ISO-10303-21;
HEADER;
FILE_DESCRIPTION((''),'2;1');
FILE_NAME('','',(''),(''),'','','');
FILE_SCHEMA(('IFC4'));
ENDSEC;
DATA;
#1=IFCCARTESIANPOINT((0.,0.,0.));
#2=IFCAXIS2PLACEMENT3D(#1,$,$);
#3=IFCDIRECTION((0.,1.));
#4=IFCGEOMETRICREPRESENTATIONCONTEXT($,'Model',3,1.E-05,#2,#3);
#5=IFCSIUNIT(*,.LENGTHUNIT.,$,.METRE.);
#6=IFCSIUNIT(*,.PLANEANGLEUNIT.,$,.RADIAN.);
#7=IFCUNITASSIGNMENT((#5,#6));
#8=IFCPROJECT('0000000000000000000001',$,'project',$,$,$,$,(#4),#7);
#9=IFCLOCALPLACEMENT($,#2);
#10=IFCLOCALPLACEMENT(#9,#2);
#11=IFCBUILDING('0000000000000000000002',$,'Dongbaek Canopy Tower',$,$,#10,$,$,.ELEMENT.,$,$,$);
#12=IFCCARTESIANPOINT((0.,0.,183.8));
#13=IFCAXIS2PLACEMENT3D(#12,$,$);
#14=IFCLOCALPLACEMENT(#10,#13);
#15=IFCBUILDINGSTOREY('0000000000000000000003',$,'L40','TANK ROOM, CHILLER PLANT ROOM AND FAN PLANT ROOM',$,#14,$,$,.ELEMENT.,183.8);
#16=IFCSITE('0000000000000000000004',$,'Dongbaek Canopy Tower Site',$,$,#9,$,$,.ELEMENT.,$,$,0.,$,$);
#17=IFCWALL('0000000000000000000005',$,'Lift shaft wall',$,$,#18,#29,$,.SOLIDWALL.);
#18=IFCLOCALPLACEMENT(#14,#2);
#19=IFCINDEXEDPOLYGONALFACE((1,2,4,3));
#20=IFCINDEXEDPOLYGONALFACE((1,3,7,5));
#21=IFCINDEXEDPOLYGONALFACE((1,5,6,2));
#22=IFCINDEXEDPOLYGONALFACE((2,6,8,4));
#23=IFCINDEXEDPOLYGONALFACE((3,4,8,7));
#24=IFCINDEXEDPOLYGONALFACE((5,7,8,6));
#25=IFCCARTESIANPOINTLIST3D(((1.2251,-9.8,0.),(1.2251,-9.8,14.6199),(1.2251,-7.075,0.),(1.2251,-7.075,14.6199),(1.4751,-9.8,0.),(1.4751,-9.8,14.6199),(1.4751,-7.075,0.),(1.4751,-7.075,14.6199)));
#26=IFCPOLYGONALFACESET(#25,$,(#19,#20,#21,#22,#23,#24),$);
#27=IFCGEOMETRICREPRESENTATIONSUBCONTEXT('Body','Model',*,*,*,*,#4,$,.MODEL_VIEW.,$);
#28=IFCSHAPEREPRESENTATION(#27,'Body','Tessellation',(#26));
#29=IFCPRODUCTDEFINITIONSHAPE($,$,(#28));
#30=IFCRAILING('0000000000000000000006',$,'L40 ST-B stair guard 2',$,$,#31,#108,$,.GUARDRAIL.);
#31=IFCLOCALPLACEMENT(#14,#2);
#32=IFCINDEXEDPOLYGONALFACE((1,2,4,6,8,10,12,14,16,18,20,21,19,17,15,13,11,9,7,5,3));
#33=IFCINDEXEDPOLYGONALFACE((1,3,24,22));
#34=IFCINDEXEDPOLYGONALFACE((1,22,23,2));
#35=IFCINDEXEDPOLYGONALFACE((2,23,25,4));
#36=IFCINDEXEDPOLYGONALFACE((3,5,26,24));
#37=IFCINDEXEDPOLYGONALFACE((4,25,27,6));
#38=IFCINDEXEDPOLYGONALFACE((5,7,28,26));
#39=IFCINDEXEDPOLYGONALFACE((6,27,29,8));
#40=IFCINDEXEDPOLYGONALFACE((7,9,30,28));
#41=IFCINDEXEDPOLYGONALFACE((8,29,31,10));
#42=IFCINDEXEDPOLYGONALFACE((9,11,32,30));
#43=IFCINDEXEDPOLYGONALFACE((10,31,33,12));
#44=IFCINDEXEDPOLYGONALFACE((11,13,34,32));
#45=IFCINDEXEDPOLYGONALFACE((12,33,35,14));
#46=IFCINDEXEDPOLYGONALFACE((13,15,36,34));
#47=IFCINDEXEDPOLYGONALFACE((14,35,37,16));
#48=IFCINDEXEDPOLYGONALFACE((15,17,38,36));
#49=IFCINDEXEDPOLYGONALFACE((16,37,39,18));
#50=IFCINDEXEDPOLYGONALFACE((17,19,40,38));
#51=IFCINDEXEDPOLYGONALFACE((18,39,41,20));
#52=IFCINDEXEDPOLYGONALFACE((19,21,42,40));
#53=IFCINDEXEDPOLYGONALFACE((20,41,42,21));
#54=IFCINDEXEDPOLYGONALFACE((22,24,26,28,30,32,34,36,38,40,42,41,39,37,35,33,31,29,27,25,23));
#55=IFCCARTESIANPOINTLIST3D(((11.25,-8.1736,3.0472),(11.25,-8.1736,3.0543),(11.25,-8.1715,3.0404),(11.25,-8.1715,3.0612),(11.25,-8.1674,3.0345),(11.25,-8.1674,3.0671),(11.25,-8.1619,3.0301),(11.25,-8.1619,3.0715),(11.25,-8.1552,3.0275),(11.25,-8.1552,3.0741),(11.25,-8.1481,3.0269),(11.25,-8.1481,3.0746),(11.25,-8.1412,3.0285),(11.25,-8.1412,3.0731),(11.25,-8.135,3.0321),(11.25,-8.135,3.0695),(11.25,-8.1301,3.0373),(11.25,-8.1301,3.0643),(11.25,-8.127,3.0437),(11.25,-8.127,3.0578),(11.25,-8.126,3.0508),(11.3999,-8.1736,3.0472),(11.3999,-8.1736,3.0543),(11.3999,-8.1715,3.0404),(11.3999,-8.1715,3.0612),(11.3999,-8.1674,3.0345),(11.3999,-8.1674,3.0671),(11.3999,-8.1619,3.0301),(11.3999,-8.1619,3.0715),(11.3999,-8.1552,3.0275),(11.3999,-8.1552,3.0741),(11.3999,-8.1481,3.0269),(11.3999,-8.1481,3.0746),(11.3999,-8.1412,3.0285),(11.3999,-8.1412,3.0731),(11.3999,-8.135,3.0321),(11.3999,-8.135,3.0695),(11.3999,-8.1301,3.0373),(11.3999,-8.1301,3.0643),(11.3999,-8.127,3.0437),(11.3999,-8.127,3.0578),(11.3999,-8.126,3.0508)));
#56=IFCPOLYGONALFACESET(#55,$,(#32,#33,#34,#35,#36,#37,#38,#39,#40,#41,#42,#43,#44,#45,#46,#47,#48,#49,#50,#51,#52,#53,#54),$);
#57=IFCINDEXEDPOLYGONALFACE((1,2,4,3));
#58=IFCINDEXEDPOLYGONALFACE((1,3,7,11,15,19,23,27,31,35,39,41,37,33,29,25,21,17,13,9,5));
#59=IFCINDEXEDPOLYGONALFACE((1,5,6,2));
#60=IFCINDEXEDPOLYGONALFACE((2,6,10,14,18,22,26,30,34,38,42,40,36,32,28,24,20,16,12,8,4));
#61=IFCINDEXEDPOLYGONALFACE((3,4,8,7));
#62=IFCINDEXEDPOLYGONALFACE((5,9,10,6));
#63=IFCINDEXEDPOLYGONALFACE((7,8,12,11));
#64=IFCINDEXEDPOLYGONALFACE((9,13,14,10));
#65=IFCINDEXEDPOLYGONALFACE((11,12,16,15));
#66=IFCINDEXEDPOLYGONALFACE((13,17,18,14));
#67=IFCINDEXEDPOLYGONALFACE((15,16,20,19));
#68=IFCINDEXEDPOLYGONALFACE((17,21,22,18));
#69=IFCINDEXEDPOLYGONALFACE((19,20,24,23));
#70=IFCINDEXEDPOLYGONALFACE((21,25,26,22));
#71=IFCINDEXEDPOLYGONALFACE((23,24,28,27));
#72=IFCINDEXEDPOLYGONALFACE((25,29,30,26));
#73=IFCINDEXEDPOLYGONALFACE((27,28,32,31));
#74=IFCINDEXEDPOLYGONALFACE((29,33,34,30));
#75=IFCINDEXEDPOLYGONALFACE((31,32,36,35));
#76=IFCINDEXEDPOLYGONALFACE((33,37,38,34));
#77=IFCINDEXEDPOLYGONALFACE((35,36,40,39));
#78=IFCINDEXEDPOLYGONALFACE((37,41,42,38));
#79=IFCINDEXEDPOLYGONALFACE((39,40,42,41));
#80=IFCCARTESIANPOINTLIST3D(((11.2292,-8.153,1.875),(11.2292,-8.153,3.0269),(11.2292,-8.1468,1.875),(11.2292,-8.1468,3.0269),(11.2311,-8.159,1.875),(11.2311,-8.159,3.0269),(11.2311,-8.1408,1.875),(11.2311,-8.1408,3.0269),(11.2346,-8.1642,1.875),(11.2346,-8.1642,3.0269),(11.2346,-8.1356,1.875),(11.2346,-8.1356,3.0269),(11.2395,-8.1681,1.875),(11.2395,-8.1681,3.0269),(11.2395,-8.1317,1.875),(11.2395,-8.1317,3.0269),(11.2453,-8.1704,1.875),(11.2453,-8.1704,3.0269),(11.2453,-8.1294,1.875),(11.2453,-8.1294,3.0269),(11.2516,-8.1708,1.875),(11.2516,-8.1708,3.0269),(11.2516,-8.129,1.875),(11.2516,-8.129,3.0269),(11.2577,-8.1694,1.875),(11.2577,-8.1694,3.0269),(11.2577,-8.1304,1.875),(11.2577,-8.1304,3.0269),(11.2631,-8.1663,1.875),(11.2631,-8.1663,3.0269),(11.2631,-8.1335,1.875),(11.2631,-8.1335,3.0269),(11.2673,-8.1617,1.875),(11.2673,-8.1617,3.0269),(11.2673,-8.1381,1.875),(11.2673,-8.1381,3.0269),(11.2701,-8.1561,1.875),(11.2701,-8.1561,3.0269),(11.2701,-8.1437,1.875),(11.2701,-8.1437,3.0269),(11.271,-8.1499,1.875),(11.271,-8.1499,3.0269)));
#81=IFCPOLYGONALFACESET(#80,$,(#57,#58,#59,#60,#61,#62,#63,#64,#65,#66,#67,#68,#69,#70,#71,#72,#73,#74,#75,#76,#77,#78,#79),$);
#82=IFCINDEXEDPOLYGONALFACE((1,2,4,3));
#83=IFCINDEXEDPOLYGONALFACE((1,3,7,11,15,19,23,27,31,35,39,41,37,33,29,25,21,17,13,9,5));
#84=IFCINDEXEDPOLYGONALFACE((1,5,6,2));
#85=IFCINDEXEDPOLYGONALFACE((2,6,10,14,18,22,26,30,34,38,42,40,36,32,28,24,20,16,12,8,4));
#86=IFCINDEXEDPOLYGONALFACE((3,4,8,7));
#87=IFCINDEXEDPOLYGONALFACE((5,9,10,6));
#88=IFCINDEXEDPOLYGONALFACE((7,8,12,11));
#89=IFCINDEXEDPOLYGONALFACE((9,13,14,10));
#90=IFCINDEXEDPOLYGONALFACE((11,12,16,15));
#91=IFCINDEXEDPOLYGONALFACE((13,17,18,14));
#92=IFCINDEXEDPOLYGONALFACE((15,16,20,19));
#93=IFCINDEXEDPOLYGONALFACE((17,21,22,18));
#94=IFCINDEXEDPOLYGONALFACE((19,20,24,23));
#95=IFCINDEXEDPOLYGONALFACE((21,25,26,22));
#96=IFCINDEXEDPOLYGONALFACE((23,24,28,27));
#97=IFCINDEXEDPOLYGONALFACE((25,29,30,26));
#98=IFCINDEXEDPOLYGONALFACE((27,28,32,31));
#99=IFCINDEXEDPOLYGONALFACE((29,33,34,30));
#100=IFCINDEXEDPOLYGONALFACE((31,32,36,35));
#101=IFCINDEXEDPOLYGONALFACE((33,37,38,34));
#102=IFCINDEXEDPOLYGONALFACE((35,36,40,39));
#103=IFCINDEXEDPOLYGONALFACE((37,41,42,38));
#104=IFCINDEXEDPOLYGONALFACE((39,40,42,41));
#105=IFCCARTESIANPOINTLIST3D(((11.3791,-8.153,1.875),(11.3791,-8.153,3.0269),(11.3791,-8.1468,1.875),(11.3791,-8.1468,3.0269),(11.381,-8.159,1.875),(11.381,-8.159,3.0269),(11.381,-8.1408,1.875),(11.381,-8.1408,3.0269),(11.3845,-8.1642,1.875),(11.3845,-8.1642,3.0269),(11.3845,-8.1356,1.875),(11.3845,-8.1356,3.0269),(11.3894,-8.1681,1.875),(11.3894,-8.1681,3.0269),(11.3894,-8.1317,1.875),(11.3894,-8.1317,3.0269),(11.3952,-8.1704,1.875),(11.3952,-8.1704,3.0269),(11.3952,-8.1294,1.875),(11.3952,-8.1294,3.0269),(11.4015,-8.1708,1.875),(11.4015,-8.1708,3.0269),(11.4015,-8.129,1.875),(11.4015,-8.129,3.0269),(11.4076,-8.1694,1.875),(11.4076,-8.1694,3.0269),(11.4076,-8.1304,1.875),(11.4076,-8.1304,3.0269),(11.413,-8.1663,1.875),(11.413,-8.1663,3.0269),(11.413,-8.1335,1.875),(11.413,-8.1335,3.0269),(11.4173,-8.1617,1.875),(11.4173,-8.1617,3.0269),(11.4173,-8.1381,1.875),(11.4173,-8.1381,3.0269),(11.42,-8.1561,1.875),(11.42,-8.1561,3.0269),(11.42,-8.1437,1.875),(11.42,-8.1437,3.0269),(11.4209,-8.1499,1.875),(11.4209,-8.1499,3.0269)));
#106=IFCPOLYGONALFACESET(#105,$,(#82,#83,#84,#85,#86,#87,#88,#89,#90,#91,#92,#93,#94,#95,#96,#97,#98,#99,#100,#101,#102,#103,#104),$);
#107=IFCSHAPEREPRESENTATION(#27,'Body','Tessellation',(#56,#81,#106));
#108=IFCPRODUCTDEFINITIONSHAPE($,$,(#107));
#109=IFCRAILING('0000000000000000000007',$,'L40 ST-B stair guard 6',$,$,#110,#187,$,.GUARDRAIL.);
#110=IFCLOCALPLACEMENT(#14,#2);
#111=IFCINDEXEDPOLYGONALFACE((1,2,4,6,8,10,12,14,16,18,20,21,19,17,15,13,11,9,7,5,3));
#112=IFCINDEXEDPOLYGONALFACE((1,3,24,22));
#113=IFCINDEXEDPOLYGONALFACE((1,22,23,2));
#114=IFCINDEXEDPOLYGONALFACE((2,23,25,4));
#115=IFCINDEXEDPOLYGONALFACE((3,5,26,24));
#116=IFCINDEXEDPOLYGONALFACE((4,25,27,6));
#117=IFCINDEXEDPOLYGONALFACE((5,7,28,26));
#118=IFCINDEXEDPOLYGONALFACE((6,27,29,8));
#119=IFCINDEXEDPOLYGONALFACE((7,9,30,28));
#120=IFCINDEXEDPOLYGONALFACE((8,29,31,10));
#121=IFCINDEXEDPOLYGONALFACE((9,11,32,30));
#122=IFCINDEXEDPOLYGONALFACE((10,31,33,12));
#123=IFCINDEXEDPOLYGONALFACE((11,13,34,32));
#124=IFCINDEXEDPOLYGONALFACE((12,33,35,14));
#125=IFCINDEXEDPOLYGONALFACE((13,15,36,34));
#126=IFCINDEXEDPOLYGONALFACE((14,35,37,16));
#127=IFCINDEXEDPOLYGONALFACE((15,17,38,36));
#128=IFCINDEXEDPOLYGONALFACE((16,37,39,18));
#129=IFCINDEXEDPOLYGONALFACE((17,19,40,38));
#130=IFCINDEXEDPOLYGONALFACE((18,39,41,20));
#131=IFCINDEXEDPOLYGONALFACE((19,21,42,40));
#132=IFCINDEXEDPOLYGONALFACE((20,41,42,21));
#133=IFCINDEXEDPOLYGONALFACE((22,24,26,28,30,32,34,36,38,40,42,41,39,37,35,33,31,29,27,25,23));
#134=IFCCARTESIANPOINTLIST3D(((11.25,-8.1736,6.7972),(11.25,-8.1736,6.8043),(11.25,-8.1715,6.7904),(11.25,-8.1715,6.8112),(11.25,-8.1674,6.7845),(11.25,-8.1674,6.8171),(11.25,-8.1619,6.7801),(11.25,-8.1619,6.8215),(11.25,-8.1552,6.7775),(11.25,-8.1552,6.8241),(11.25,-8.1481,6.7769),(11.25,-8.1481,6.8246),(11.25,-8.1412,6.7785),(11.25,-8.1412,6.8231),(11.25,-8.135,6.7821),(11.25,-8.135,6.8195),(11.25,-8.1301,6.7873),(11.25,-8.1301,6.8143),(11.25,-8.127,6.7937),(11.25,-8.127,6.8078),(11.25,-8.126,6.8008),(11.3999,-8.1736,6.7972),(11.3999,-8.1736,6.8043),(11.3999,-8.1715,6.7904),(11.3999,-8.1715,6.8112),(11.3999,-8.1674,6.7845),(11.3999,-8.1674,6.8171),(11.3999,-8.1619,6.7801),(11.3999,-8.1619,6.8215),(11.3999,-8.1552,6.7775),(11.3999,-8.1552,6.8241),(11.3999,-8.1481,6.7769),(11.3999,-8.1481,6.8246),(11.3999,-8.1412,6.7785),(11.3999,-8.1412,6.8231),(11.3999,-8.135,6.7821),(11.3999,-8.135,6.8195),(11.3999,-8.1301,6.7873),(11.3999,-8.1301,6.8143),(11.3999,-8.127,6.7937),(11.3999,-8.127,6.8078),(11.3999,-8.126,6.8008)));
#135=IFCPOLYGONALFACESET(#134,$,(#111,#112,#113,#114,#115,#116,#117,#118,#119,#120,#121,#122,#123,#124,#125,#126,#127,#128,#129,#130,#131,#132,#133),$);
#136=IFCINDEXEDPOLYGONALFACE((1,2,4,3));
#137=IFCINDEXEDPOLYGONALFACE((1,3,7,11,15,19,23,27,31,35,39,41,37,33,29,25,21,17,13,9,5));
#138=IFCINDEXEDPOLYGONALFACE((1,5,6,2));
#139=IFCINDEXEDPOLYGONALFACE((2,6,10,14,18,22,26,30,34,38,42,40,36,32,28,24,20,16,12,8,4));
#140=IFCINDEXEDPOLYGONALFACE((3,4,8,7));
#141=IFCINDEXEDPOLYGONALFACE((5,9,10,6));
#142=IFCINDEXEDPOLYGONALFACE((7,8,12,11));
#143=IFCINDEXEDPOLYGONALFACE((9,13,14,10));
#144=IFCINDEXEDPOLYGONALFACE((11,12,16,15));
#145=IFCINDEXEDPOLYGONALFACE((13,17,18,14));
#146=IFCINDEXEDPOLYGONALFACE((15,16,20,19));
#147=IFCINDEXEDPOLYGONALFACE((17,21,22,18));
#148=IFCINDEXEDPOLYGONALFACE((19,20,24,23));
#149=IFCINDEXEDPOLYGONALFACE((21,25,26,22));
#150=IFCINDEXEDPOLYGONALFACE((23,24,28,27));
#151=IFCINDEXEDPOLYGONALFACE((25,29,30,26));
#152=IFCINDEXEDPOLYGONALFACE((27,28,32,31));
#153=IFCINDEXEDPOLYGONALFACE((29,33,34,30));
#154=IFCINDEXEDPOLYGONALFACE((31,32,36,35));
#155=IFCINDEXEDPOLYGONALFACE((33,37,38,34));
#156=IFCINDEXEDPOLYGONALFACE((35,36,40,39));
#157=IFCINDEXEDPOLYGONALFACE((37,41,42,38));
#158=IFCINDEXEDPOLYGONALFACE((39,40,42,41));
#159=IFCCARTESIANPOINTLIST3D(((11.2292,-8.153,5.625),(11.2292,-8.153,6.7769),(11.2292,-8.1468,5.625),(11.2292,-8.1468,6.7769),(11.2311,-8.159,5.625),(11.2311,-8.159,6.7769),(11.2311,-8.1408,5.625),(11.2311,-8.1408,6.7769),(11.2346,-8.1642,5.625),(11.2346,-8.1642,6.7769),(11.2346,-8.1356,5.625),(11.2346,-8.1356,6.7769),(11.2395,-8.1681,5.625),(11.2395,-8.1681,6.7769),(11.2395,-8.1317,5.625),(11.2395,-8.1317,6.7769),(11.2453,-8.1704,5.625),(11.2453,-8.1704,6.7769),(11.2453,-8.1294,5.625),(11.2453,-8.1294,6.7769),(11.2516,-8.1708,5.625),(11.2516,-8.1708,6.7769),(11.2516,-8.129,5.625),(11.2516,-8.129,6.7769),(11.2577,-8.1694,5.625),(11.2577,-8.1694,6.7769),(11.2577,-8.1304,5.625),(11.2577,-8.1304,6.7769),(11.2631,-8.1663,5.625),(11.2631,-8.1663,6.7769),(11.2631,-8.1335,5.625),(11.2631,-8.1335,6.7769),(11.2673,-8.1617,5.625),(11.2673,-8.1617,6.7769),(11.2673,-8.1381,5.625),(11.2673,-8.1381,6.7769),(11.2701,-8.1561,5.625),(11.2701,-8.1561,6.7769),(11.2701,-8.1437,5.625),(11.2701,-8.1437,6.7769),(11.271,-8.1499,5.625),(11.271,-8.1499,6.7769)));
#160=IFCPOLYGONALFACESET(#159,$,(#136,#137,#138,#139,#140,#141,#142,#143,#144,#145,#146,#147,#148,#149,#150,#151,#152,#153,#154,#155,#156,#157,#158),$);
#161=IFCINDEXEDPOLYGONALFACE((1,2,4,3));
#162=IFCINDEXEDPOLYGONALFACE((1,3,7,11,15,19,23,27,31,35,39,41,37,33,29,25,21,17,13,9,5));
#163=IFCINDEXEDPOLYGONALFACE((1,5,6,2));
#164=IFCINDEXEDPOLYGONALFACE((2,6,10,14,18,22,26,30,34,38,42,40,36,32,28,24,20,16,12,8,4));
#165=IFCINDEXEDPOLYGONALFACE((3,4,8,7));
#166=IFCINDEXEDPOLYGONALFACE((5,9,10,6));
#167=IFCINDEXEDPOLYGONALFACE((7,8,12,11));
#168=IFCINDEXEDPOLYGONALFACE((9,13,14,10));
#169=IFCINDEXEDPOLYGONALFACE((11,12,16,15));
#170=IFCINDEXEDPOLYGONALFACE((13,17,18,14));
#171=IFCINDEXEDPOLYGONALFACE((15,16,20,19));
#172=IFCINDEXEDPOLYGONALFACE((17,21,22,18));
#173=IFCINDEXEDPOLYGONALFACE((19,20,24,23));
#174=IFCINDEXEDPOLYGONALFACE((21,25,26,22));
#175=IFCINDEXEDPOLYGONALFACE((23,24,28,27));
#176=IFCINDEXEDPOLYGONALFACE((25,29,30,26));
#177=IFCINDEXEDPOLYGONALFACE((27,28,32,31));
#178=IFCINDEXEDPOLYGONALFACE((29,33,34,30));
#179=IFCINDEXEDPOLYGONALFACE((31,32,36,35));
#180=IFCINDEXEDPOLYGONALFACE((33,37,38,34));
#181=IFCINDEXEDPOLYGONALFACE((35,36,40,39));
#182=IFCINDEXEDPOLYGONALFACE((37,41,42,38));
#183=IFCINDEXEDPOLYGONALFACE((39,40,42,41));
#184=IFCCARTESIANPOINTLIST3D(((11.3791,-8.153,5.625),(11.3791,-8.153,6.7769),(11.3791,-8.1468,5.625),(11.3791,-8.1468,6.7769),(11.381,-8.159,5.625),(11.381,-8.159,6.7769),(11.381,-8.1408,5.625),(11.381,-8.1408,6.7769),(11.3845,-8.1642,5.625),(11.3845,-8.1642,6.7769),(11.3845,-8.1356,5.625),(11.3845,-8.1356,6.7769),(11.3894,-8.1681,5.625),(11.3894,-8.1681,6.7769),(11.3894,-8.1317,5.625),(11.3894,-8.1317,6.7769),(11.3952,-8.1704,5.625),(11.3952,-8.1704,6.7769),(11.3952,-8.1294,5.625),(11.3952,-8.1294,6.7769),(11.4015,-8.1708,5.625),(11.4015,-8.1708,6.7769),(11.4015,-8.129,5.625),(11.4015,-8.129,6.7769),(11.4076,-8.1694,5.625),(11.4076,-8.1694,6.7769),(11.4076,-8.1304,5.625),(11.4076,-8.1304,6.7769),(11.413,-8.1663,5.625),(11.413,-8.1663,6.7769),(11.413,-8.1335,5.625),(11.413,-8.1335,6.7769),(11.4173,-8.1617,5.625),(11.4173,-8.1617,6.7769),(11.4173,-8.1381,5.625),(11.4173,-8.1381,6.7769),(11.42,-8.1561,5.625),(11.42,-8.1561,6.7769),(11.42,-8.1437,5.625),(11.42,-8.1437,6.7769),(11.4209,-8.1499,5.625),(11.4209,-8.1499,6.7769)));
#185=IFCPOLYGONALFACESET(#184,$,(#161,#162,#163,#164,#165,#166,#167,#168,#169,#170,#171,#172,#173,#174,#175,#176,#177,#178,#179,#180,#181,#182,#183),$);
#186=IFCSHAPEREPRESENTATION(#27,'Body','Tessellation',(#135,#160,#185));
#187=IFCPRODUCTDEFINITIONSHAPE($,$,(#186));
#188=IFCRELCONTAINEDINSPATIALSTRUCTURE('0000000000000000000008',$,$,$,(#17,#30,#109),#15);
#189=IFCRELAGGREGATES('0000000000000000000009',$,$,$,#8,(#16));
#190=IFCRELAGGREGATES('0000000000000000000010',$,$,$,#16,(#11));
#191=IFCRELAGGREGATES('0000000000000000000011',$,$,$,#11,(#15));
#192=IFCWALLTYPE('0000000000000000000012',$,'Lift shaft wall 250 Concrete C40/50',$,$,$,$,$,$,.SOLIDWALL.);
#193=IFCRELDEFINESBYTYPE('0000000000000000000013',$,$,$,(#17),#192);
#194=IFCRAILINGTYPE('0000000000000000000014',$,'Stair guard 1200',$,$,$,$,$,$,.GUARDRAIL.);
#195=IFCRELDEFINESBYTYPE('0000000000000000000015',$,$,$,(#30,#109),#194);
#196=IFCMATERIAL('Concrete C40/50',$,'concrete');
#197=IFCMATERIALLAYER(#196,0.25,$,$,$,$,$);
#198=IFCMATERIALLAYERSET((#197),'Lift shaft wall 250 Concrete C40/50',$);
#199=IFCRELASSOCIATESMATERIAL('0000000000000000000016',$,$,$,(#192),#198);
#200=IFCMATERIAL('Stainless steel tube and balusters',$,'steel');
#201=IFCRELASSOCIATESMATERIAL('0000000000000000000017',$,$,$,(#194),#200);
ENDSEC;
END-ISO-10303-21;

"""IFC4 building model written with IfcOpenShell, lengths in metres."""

from ifc_helpers import new_model, si_unit, direction, frame, frame_2d, origin, origin_2d, place, context, subcontext, project, spatial, rectangle, circle, extrude, material, layer, layer_set, type_object, element, save


model = new_model("IFC4")

# Units and contexts
model_context = context("Model", 3, precision=1e-05, world=origin(), true_north=direction((0.0, 1.0)))
body_context = subcontext(model_context, "Body", "Model", "MODEL_VIEW")
ifc_project = project(units=[si_unit("LENGTHUNIT", "METRE"), si_unit("PLANEANGLEUNIT", "RADIAN")], contexts=[model_context])

# Site, building, storey
site_placement = place(None, origin())
site = spatial("IfcSite", under=ifc_project, at=site_placement, Name="Dongbaek Canopy Tower Site", CompositionType="ELEMENT", RefElevation=0.0)
building_placement = place(site_placement, origin())
building = spatial("IfcBuilding", under=site, at=building_placement, Name="Dongbaek Canopy Tower", CompositionType="ELEMENT")
storey_placement = place(building_placement, frame((0.0, 0.0, 183.8)))
storey = spatial("IfcBuildingStorey", under=building, at=storey_placement, Name="L40", Description="TANK ROOM, CHILLER PLANT ROOM AND FAN PLANT ROOM", CompositionType="ELEMENT", Elevation=183.8)

# Wall
ifc_material_1 = material(Name="Concrete C40/50", Category="concrete")
ifc_layer_1 = layer(ifc_material_1, 0.25)
ifc_layer_set_1 = layer_set([ifc_layer_1], Name="Lift shaft wall 250 Concrete C40/50")
wall_type_1 = type_object("IfcWallType", Name="Lift shaft wall 250 Concrete C40/50", PredefinedType="SOLIDWALL", material=ifc_layer_set_1)
for number, where, z_axis, x_axis, name in (
    (1, (1.3501, -9.8, 0.0), (0.0, 0.0, 1.0), (0.0, 1.0, 0.0), "Lift shaft wall"),
):
    element("IfcWall", number, at=place(storey_placement, frame(where, z_axis=z_axis, x_axis=x_axis)), inside=storey, type_object=wall_type_1, Name=name, PredefinedType="SOLIDWALL", context=body_context, shape_type="SweptSolid", body=[
        extrude(rectangle(XDim=2.7251, YDim=0.25, at=frame_2d((1.3625, 0.0))), origin(), (0.0, 0.0, 1.0), 14.6199),
    ])

# Railings
ifc_material_2 = material(Name="Stainless steel tube and balusters", Category="steel")
railing_type_1 = type_object("IfcRailingType", Name="Stair guard 1200", PredefinedType="GUARDRAIL", material=ifc_material_2)
for number, where, name in (
    (2, (11.25, -8.1499, 1.875), "L40 ST-B stair guard 2"),
    (3, (11.25, -8.1499, 5.625), "L40 ST-B stair guard 6"),
):
    element("IfcRailing", number, at=place(storey_placement, frame(where)), inside=storey, type_object=railing_type_1, Name=name, PredefinedType="GUARDRAIL", context=body_context, shape_type="SweptSolid", body=[
        extrude(circle(Radius=0.0239, at=origin_2d()), frame((0.0, 0.0, 1.1758), z_axis=(1.0, 0.0, 0.0), x_axis=(0.0, 1.0, 0.0)), (0.0, 0.0, 1.0), 0.1499),
        extrude(circle(Radius=0.021, at=origin_2d()), origin(), (0.0, 0.0, 1.0), 1.1519),
        extrude(circle(Radius=0.021, at=origin_2d()), frame((0.1499, 0.0, 0.0)), (0.0, 0.0, 1.0), 1.1519),
    ])

save(model, "model.ifc")
